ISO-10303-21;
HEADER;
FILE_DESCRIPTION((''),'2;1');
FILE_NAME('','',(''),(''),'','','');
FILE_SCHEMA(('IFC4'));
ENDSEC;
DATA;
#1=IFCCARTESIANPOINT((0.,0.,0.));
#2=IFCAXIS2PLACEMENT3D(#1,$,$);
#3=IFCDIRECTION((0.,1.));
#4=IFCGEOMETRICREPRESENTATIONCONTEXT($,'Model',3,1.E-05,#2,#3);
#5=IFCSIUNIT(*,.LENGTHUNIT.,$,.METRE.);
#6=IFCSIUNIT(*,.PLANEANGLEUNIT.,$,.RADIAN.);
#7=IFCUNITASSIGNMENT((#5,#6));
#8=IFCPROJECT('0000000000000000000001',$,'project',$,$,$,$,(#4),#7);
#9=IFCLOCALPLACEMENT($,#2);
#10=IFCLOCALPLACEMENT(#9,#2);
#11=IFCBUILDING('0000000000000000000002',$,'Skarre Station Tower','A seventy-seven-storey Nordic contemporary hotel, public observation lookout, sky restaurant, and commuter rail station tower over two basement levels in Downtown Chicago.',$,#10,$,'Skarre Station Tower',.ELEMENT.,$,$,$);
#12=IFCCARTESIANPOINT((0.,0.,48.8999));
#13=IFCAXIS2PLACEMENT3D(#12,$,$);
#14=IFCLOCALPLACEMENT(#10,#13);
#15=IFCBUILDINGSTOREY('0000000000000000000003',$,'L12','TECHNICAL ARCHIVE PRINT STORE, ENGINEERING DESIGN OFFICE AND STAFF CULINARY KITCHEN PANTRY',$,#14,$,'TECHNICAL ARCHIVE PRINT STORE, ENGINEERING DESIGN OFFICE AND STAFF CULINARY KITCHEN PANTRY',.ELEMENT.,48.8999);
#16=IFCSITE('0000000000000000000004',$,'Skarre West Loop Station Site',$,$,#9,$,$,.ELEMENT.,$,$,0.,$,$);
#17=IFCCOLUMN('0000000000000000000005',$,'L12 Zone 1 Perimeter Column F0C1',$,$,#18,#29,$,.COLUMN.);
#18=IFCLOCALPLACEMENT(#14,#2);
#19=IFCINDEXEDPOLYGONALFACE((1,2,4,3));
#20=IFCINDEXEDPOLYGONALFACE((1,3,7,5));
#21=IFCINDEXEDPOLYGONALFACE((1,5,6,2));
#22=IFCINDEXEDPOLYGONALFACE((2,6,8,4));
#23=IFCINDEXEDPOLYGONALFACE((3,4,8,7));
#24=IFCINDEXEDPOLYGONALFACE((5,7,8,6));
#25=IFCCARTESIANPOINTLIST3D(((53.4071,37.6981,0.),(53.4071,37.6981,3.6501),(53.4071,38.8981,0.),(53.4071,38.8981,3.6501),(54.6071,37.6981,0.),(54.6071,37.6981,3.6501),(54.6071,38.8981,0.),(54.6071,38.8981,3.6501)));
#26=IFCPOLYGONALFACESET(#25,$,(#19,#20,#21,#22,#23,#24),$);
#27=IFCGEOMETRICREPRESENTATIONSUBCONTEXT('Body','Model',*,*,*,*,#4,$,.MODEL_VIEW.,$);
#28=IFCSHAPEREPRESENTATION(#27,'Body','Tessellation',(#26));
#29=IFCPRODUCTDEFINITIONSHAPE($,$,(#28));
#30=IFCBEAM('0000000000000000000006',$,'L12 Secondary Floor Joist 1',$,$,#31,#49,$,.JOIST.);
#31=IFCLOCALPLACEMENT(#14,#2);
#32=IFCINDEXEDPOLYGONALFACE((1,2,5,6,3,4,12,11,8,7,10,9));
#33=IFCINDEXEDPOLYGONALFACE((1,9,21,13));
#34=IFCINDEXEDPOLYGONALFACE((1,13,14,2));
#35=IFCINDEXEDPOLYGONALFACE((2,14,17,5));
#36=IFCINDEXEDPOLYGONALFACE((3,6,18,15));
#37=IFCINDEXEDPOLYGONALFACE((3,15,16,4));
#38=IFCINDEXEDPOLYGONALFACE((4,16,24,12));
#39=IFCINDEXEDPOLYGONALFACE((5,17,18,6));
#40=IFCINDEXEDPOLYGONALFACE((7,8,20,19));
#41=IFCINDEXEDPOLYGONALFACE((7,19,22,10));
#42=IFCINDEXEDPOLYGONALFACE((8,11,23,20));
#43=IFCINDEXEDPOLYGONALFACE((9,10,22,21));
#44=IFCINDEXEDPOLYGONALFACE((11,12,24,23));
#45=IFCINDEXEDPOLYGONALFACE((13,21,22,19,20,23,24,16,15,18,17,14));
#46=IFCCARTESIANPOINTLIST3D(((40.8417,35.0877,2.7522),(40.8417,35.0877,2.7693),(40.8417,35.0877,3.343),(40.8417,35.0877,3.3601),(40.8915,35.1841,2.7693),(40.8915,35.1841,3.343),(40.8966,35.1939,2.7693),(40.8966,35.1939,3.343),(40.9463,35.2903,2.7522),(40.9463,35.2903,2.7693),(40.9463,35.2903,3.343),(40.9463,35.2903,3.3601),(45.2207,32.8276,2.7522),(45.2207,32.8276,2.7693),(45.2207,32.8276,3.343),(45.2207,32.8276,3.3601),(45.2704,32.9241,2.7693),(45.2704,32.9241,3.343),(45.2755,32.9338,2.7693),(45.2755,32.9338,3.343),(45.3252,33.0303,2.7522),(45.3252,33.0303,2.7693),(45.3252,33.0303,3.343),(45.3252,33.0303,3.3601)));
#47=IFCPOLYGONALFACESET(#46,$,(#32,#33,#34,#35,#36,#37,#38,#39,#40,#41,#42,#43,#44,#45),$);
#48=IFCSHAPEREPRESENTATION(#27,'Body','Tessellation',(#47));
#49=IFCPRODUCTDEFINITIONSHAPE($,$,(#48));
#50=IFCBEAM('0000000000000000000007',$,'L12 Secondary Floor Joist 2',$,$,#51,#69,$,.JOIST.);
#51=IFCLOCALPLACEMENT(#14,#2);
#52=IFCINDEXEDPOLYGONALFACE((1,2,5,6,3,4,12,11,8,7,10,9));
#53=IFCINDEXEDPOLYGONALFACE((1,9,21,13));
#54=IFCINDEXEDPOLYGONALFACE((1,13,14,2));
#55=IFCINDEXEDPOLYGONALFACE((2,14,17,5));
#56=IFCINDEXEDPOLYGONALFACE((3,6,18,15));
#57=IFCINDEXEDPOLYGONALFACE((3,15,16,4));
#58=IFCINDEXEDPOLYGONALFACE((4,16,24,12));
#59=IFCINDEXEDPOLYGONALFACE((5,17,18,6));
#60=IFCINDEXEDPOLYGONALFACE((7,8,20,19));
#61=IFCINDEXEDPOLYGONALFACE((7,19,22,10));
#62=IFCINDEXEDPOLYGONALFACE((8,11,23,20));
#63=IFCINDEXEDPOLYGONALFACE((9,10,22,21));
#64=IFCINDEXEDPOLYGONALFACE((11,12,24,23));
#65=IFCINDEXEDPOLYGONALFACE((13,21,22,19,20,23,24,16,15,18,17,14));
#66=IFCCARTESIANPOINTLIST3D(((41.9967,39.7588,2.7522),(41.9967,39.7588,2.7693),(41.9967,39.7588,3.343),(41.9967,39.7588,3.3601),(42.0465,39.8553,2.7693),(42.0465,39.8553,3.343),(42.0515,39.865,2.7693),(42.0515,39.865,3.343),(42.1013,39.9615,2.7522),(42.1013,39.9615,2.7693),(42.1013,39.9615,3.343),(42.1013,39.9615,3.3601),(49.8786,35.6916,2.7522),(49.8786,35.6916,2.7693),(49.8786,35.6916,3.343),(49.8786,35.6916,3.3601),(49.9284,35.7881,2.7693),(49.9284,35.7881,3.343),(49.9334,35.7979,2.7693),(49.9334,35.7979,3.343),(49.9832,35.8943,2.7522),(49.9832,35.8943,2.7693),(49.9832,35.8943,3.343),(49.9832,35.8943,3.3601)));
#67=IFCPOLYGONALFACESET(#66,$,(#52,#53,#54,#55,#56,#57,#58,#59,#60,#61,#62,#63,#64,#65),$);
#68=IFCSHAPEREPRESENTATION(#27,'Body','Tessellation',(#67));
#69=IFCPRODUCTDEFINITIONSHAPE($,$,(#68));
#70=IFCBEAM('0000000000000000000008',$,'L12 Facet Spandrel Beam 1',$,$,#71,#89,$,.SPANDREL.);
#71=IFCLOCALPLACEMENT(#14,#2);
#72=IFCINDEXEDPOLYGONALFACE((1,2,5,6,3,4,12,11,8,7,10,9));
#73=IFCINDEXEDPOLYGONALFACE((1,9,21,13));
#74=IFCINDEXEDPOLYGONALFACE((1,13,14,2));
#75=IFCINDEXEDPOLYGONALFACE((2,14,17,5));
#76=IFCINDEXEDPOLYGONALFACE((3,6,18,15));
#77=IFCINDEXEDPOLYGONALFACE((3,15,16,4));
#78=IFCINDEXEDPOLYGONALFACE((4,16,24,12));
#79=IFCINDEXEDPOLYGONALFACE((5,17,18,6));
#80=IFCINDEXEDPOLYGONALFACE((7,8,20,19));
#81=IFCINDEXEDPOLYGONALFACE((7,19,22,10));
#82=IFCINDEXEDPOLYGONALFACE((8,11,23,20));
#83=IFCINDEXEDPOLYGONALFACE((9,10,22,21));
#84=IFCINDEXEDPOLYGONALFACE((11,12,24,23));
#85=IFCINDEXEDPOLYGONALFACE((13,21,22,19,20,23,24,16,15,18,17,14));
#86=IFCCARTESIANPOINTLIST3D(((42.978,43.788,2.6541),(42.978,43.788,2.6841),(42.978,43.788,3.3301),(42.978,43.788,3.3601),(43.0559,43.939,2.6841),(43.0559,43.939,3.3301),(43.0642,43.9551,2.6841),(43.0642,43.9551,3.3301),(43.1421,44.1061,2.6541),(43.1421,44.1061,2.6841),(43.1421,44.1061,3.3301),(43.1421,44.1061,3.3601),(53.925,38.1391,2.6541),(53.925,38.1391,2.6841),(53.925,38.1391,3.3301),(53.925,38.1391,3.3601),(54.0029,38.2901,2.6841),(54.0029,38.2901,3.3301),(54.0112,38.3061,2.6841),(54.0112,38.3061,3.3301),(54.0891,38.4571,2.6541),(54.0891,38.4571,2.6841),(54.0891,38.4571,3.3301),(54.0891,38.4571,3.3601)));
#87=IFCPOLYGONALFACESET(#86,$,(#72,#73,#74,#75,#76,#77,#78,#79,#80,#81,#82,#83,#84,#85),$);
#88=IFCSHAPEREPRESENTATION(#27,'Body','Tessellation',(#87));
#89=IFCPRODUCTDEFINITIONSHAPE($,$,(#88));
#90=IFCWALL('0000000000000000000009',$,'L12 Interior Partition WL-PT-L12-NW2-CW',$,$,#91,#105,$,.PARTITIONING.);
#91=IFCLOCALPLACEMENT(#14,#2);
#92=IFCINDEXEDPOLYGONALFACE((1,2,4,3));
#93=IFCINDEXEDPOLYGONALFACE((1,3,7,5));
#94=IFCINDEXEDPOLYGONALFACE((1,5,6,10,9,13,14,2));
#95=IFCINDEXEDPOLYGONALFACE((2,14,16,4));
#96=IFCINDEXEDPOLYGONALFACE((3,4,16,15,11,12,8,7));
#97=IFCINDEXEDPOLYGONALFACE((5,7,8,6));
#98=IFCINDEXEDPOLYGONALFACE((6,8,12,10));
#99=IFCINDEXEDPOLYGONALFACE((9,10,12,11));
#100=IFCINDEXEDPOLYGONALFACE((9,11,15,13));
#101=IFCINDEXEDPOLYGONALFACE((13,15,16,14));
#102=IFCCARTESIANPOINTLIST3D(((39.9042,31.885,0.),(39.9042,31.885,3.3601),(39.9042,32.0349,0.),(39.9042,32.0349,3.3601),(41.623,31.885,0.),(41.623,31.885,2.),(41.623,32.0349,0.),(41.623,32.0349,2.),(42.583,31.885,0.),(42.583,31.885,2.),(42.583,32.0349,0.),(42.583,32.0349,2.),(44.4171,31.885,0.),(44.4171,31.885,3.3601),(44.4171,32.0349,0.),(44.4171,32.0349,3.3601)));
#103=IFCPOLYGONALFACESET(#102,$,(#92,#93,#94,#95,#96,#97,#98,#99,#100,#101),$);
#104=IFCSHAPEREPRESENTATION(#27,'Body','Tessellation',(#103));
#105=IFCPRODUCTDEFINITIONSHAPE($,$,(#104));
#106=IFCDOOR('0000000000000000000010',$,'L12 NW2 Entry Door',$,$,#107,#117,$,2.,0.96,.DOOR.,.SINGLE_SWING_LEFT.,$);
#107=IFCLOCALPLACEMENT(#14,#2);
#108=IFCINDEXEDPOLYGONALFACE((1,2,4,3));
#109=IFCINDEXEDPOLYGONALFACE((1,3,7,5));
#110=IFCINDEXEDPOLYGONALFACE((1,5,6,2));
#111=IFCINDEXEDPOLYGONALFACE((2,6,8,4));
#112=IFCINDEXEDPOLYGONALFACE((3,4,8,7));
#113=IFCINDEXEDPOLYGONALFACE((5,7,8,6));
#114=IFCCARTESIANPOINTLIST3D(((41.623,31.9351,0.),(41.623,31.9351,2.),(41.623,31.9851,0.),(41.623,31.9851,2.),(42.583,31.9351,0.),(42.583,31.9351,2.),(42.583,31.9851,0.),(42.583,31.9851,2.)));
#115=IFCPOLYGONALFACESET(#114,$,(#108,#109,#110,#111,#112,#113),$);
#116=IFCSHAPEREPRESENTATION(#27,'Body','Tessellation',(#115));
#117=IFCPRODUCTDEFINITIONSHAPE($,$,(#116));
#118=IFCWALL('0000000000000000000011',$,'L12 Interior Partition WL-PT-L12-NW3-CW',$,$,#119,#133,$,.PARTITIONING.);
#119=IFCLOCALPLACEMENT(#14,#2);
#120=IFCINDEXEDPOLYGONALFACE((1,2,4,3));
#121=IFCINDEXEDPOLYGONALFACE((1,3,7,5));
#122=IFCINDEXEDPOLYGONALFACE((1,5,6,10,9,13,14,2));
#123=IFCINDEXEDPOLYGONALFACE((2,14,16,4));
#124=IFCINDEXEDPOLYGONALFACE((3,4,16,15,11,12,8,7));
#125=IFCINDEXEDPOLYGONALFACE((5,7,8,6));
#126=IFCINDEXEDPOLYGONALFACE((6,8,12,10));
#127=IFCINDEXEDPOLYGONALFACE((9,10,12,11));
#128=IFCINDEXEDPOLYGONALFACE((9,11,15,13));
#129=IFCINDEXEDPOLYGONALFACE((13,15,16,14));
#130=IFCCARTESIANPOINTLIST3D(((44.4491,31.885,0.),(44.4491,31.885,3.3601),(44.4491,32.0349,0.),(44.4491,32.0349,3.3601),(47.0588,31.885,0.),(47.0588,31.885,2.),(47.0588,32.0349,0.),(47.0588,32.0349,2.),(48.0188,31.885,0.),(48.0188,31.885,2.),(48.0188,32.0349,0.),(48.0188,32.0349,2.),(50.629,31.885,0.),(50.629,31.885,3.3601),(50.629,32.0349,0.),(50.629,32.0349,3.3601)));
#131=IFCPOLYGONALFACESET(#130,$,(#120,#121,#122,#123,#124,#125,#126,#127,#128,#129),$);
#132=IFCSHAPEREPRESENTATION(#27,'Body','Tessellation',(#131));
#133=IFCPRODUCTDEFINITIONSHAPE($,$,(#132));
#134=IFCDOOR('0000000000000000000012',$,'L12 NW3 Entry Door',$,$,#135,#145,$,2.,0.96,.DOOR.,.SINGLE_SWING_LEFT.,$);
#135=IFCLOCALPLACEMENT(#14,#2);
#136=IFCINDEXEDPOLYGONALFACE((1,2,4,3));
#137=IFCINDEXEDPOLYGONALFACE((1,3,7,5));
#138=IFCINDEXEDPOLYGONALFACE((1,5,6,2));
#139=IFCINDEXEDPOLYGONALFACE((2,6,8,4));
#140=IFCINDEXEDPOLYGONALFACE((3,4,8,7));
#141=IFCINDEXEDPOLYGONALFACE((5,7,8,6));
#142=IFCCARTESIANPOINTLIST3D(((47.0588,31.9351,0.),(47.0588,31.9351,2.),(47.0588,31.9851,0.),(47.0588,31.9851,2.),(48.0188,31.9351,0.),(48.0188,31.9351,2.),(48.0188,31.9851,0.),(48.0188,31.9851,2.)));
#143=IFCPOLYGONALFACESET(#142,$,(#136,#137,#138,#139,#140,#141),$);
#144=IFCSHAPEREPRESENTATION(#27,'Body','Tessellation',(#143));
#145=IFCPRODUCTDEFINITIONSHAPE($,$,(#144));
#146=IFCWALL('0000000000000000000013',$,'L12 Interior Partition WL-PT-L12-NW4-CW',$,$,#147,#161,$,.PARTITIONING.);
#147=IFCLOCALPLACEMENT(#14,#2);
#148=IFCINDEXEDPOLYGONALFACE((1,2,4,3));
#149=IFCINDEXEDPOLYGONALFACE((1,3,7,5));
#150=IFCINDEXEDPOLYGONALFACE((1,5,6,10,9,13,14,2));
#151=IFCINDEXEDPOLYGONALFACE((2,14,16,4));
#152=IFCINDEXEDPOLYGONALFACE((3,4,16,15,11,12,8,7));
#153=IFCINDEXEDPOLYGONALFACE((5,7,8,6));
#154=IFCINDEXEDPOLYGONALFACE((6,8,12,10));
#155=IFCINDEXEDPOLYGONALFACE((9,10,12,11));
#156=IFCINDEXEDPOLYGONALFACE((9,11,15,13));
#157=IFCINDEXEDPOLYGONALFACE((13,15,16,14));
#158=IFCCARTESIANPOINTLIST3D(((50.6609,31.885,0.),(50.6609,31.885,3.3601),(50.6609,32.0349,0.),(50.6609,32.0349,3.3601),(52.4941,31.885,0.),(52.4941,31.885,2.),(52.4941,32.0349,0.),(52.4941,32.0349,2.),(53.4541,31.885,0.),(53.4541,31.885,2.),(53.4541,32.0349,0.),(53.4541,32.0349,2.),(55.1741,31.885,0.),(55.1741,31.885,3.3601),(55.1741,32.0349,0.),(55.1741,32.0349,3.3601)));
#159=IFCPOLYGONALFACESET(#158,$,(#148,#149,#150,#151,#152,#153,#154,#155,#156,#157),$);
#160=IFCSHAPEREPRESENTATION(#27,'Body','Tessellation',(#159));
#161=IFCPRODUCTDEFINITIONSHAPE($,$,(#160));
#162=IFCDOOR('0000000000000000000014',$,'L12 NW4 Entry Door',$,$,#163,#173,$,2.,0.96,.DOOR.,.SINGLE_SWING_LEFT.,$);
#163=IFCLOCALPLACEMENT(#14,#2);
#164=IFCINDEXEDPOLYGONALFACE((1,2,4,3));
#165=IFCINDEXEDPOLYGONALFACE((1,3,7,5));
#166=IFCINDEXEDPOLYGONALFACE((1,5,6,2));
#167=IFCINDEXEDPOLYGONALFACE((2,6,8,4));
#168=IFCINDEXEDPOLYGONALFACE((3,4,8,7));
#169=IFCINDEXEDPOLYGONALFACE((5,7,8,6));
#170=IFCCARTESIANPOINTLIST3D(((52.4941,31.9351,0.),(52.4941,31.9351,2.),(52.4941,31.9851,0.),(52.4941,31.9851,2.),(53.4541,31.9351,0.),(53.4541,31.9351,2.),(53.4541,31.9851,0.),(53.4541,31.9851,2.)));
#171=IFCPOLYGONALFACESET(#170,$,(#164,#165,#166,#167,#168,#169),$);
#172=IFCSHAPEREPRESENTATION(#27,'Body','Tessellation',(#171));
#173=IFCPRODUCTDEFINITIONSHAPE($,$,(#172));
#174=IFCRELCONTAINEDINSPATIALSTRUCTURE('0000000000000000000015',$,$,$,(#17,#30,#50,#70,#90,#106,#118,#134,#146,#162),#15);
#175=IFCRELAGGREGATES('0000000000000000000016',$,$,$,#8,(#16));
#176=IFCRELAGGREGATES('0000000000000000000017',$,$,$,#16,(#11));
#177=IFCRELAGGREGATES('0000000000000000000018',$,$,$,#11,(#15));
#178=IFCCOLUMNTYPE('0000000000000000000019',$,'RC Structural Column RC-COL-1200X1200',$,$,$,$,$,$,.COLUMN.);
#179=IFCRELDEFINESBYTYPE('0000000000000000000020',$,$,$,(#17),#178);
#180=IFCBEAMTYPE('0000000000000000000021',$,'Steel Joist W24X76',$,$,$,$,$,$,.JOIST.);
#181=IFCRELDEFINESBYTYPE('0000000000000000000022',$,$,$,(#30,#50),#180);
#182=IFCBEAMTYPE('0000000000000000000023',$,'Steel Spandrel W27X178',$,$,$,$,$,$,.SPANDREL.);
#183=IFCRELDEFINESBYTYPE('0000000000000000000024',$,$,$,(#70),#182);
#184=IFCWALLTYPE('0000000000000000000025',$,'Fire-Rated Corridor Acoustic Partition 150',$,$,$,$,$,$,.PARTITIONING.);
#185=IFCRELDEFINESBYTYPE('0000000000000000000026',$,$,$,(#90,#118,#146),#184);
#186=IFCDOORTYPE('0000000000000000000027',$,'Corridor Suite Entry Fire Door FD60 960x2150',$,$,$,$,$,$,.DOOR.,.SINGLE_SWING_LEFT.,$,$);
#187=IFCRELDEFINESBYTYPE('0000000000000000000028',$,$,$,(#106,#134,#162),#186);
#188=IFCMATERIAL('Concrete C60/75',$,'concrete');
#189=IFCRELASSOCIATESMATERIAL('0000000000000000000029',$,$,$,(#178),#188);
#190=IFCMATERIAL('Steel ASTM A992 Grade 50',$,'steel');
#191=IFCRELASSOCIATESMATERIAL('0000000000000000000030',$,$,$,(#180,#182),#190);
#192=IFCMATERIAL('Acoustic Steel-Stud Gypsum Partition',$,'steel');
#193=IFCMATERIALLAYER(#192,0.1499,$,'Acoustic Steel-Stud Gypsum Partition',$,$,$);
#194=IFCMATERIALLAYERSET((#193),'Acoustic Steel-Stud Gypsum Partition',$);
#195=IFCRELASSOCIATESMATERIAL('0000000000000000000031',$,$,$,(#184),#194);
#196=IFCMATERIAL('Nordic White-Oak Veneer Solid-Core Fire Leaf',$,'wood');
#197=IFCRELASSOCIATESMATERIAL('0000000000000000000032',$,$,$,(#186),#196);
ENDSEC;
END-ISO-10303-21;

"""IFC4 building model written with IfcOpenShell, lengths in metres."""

from ifc_helpers import new_model, si_unit, direction, frame, frame_2d, origin, origin_2d, place, context, subcontext, project, spatial, rectangle, i_section, extrude, material, layer, layer_set, material_profile, profile_set, type_object, element, fill, save


model = new_model("IFC4")

# Units and contexts
model_context = context("Model", 3, precision=1e-05, world=origin(), true_north=direction((0.0, 1.0)))
body_context = subcontext(model_context, "Body", "Model", "MODEL_VIEW")
ifc_project = project(units=[si_unit("LENGTHUNIT", "METRE"), si_unit("PLANEANGLEUNIT", "RADIAN")], contexts=[model_context])

# Site, building, storey
site_placement = place(None, origin())
site = spatial("IfcSite", under=ifc_project, at=site_placement, Name="Skarre West Loop Station Site", CompositionType="ELEMENT", RefElevation=0.0)
building_placement = place(site_placement, origin())
building = spatial("IfcBuilding", under=site, at=building_placement, Name="Skarre Station Tower", Description="A seventy-seven-storey Nordic contemporary hotel, public observation lookout, sky restaurant, and commuter rail station tower over two basement levels in Downtown Chicago.", LongName="Skarre Station Tower", CompositionType="ELEMENT")
storey_placement = place(building_placement, frame((0.0, 0.0, 48.8999)))
storey = spatial("IfcBuildingStorey", under=building, at=storey_placement, Name="L12", Description="TECHNICAL ARCHIVE PRINT STORE, ENGINEERING DESIGN OFFICE AND STAFF CULINARY KITCHEN PANTRY", LongName="TECHNICAL ARCHIVE PRINT STORE, ENGINEERING DESIGN OFFICE AND STAFF CULINARY KITCHEN PANTRY", CompositionType="ELEMENT", Elevation=48.8999)

# Column
ifc_material_1 = material(Name="Concrete C60/75", Category="concrete")
ifc_material_profile_1 = material_profile(ifc_material_1, rectangle(XDim=1.2, YDim=1.2, at=origin_2d()), Name="Concrete C60/75")
ifc_profile_set_1 = profile_set([ifc_material_profile_1], Name="Concrete C60/75")
column_type = type_object("IfcColumnType", Name="RC Structural Column RC-COL-1200X1200", PredefinedType="COLUMN", material=ifc_profile_set_1)
column_placement = place(storey_placement, frame((54.0071, 38.2981, 0.0), z_axis=(0.0, 0.0, 1.0), x_axis=(1.0, 0.0, 0.0)))
element("IfcColumn", 1, at=column_placement, inside=storey, type_object=column_type, Name="L12 Zone 1 Perimeter Column F0C1", PredefinedType="COLUMN", context=body_context, shape_type="SweptSolid", body=[
    extrude(rectangle(XDim=1.2, YDim=1.2, at=origin_2d()), origin(), (0.0, 0.0, 1.0), 3.6501),
])

# Beams
ifc_material_2 = material(Name="Steel ASTM A992 Grade 50", Category="steel")
ifc_material_profile_2 = material_profile(ifc_material_2, i_section(OverallWidth=0.228, OverallDepth=0.6079, WebThickness=0.011, FlangeThickness=0.0171, at=origin_2d()), Name="Steel ASTM A992 Grade 50")
ifc_profile_set_2 = profile_set([ifc_material_profile_2], Name="Steel ASTM A992 Grade 50")
beam_type_1 = type_object("IfcBeamType", Name="Steel Joist W24X76", PredefinedType="JOIST", material=ifc_profile_set_2)
beam_1_placement = place(storey_placement, frame((45.2729, 32.929, 3.0562), z_axis=(-0.888627, 0.458632, 0.0), x_axis=(-0.458632, -0.888627, 0.0)))
element("IfcBeam", 2, at=beam_1_placement, inside=storey, type_object=beam_type_1, Name="L12 Secondary Floor Joist 1", PredefinedType="JOIST", context=body_context, shape_type="SweptSolid", body=[
    extrude(i_section(OverallWidth=0.228, OverallDepth=0.6079, WebThickness=0.011, FlangeThickness=0.0171, at=origin_2d()), origin(), (0.0, 0.0, 1.0), 4.9277),
])
beam_2_placement = place(storey_placement, frame((49.9309, 35.793, 3.0562), z_axis=(-0.888662, 0.458562, 0.0), x_axis=(-0.458562, -0.888662, 0.0)))
element("IfcBeam", 3, at=beam_2_placement, inside=storey, type_object=beam_type_1, Name="L12 Secondary Floor Joist 2", PredefinedType="JOIST", context=body_context, shape_type="SweptSolid", body=[
    extrude(i_section(OverallWidth=0.228, OverallDepth=0.6079, WebThickness=0.011, FlangeThickness=0.0171, at=origin_2d()), origin(), (0.0, 0.0, 1.0), 8.8694),
])
ifc_material_profile_3 = material_profile(ifc_material_2, i_section(OverallWidth=0.3579, OverallDepth=0.7061, WebThickness=0.0181, FlangeThickness=0.03, at=origin_2d()), Name="Steel ASTM A992 Grade 50")
ifc_profile_set_3 = profile_set([ifc_material_profile_3], Name="Steel ASTM A992 Grade 50")
beam_type_2 = type_object("IfcBeamType", Name="Steel Spandrel W27X178", PredefinedType="SPANDREL", material=ifc_profile_set_3)
beam_3_placement = place(storey_placement, frame((54.0071, 38.2981, 3.0071), z_axis=(-0.888659, 0.458569, 0.0), x_axis=(-0.458569, -0.888659, 0.0)))
element("IfcBeam", 4, at=beam_3_placement, inside=storey, type_object=beam_type_2, Name="L12 Facet Spandrel Beam 1", PredefinedType="SPANDREL", context=body_context, shape_type="SweptSolid", body=[
    extrude(i_section(OverallWidth=0.3579, OverallDepth=0.7061, WebThickness=0.0181, FlangeThickness=0.03, at=origin_2d()), origin(), (0.0, 0.0, 1.0), 12.3186),
])

# Walls, openings, doors
ifc_material_3 = material(Name="Acoustic Steel-Stud Gypsum Partition", Category="steel")
ifc_layer_1 = layer(ifc_material_3, 0.1499, Name="Acoustic Steel-Stud Gypsum Partition")
ifc_layer_set_1 = layer_set([ifc_layer_1], Name="Acoustic Steel-Stud Gypsum Partition")
wall_type_1 = type_object("IfcWallType", Name="Fire-Rated Corridor Acoustic Partition 150", PredefinedType="PARTITIONING", material=ifc_layer_set_1)
wall_1_placement = place(storey_placement, frame((44.417, 31.96, 0.0), z_axis=(0.0, 0.0, 1.0), x_axis=(-1.0, 0.0, 0.0)))
wall_1 = element("IfcWall", 5, at=wall_1_placement, inside=storey, type_object=wall_type_1, Name="L12 Interior Partition WL-PT-L12-NW2-CW", PredefinedType="PARTITIONING", context=body_context, shape_type="SweptSolid", body=[
    extrude(rectangle(XDim=4.5129, YDim=0.1499, at=frame_2d((2.2563, 0.0))), origin(), (0.0, 0.0, 1.0), 3.3601),
])
opening_1_placement = place(wall_1_placement, frame((1.834, 0.0, 0.0)))
opening_1 = element("IfcOpeningElement", 6, at=opening_1_placement, cuts=wall_1, PredefinedType="OPENING", context=body_context, shape_type="SweptSolid", body=[
    extrude(rectangle(XDim=0.96, YDim=2.0, at=frame_2d((0.48, 1.0))), frame((0.0, 0.085, 0.0), z_axis=(0.0, -1.0, 0.0), x_axis=(1.0, 0.0, 0.0)), (0.0, 0.0, 1.0), 0.1699),
])
ifc_material_4 = material(Name="Nordic White-Oak Veneer Solid-Core Fire Leaf", Category="wood")
door_type = type_object("IfcDoorType", Name="Corridor Suite Entry Fire Door FD60 960x2150", OperationType="SINGLE_SWING_LEFT", PredefinedType="DOOR", material=ifc_material_4)
door_1_placement = place(opening_1_placement, origin())
door_1 = element("IfcDoor", 7, at=door_1_placement, inside=storey, type_object=door_type, Name="L12 NW2 Entry Door", OperationType="SINGLE_SWING_LEFT", OverallHeight=2.0, OverallWidth=0.96, PredefinedType="DOOR", context=body_context, shape_type="SweptSolid", body=[
    extrude(rectangle(XDim=0.96, YDim=2.0, at=frame_2d((0.48, 1.0))), frame((0.0, 0.0249, 0.0), z_axis=(0.0, -1.0, 0.0), x_axis=(1.0, 0.0, 0.0)), (0.0, 0.0, 1.0), 0.05),
])
fill(opening_1, door_1)
wall_2_placement = place(storey_placement, frame((50.6289, 31.96, 0.0), z_axis=(0.0, 0.0, 1.0), x_axis=(-1.0, 0.0, 0.0)))
wall_2 = element("IfcWall", 8, at=wall_2_placement, inside=storey, type_object=wall_type_1, Name="L12 Interior Partition WL-PT-L12-NW3-CW", PredefinedType="PARTITIONING", context=body_context, shape_type="SweptSolid", body=[
    extrude(rectangle(XDim=6.1799, YDim=0.1499, at=frame_2d((3.0898, 0.0))), origin(), (0.0, 0.0, 1.0), 3.3601),
])
opening_2_placement = place(wall_2_placement, frame((2.6101, 0.0, 0.0)))
opening_2 = element("IfcOpeningElement", 9, at=opening_2_placement, cuts=wall_2, PredefinedType="OPENING", context=body_context, shape_type="SweptSolid", body=[
    extrude(rectangle(XDim=0.96, YDim=2.0, at=frame_2d((0.48, 1.0))), frame((0.0, 0.085, 0.0), z_axis=(0.0, -1.0, 0.0), x_axis=(1.0, 0.0, 0.0)), (0.0, 0.0, 1.0), 0.1699),
])
door_2_placement = place(opening_2_placement, origin())
door_2 = element("IfcDoor", 10, at=door_2_placement, inside=storey, type_object=door_type, Name="L12 NW3 Entry Door", OperationType="SINGLE_SWING_LEFT", OverallHeight=2.0, OverallWidth=0.96, PredefinedType="DOOR", context=body_context, shape_type="SweptSolid", body=[
    extrude(rectangle(XDim=0.96, YDim=2.0, at=frame_2d((0.48, 1.0))), frame((0.0, 0.0249, 0.0), z_axis=(0.0, -1.0, 0.0), x_axis=(1.0, 0.0, 0.0)), (0.0, 0.0, 1.0), 0.05),
])
fill(opening_2, door_2)
wall_3_placement = place(storey_placement, frame((55.1741, 31.96, 0.0), z_axis=(0.0, 0.0, 1.0), x_axis=(-1.0, 0.0, 0.0)))
wall_3 = element("IfcWall", 11, at=wall_3_placement, inside=storey, type_object=wall_type_1, Name="L12 Interior Partition WL-PT-L12-NW4-CW", PredefinedType="PARTITIONING", context=body_context, shape_type="SweptSolid", body=[
    extrude(rectangle(XDim=4.5132, YDim=0.1499, at=frame_2d((2.2566, 0.0))), origin(), (0.0, 0.0, 1.0), 3.3601),
])
opening_3_placement = place(wall_3_placement, frame((1.72, 0.0, 0.0)))
opening_3 = element("IfcOpeningElement", 12, at=opening_3_placement, cuts=wall_3, PredefinedType="OPENING", context=body_context, shape_type="SweptSolid", body=[
    extrude(rectangle(XDim=0.96, YDim=2.0, at=frame_2d((0.48, 1.0))), frame((0.0, 0.085, 0.0), z_axis=(0.0, -1.0, 0.0), x_axis=(1.0, 0.0, 0.0)), (0.0, 0.0, 1.0), 0.1699),
])
door_3_placement = place(opening_3_placement, origin())
door_3 = element("IfcDoor", 13, at=door_3_placement, inside=storey, type_object=door_type, Name="L12 NW4 Entry Door", OperationType="SINGLE_SWING_LEFT", OverallHeight=2.0, OverallWidth=0.96, PredefinedType="DOOR", context=body_context, shape_type="SweptSolid", body=[
    extrude(rectangle(XDim=0.96, YDim=2.0, at=frame_2d((0.48, 1.0))), frame((0.0, 0.0249, 0.0), z_axis=(0.0, -1.0, 0.0), x_axis=(1.0, 0.0, 0.0)), (0.0, 0.0, 1.0), 0.05),
])
fill(opening_3, door_3)

save(model, "model.ifc")
